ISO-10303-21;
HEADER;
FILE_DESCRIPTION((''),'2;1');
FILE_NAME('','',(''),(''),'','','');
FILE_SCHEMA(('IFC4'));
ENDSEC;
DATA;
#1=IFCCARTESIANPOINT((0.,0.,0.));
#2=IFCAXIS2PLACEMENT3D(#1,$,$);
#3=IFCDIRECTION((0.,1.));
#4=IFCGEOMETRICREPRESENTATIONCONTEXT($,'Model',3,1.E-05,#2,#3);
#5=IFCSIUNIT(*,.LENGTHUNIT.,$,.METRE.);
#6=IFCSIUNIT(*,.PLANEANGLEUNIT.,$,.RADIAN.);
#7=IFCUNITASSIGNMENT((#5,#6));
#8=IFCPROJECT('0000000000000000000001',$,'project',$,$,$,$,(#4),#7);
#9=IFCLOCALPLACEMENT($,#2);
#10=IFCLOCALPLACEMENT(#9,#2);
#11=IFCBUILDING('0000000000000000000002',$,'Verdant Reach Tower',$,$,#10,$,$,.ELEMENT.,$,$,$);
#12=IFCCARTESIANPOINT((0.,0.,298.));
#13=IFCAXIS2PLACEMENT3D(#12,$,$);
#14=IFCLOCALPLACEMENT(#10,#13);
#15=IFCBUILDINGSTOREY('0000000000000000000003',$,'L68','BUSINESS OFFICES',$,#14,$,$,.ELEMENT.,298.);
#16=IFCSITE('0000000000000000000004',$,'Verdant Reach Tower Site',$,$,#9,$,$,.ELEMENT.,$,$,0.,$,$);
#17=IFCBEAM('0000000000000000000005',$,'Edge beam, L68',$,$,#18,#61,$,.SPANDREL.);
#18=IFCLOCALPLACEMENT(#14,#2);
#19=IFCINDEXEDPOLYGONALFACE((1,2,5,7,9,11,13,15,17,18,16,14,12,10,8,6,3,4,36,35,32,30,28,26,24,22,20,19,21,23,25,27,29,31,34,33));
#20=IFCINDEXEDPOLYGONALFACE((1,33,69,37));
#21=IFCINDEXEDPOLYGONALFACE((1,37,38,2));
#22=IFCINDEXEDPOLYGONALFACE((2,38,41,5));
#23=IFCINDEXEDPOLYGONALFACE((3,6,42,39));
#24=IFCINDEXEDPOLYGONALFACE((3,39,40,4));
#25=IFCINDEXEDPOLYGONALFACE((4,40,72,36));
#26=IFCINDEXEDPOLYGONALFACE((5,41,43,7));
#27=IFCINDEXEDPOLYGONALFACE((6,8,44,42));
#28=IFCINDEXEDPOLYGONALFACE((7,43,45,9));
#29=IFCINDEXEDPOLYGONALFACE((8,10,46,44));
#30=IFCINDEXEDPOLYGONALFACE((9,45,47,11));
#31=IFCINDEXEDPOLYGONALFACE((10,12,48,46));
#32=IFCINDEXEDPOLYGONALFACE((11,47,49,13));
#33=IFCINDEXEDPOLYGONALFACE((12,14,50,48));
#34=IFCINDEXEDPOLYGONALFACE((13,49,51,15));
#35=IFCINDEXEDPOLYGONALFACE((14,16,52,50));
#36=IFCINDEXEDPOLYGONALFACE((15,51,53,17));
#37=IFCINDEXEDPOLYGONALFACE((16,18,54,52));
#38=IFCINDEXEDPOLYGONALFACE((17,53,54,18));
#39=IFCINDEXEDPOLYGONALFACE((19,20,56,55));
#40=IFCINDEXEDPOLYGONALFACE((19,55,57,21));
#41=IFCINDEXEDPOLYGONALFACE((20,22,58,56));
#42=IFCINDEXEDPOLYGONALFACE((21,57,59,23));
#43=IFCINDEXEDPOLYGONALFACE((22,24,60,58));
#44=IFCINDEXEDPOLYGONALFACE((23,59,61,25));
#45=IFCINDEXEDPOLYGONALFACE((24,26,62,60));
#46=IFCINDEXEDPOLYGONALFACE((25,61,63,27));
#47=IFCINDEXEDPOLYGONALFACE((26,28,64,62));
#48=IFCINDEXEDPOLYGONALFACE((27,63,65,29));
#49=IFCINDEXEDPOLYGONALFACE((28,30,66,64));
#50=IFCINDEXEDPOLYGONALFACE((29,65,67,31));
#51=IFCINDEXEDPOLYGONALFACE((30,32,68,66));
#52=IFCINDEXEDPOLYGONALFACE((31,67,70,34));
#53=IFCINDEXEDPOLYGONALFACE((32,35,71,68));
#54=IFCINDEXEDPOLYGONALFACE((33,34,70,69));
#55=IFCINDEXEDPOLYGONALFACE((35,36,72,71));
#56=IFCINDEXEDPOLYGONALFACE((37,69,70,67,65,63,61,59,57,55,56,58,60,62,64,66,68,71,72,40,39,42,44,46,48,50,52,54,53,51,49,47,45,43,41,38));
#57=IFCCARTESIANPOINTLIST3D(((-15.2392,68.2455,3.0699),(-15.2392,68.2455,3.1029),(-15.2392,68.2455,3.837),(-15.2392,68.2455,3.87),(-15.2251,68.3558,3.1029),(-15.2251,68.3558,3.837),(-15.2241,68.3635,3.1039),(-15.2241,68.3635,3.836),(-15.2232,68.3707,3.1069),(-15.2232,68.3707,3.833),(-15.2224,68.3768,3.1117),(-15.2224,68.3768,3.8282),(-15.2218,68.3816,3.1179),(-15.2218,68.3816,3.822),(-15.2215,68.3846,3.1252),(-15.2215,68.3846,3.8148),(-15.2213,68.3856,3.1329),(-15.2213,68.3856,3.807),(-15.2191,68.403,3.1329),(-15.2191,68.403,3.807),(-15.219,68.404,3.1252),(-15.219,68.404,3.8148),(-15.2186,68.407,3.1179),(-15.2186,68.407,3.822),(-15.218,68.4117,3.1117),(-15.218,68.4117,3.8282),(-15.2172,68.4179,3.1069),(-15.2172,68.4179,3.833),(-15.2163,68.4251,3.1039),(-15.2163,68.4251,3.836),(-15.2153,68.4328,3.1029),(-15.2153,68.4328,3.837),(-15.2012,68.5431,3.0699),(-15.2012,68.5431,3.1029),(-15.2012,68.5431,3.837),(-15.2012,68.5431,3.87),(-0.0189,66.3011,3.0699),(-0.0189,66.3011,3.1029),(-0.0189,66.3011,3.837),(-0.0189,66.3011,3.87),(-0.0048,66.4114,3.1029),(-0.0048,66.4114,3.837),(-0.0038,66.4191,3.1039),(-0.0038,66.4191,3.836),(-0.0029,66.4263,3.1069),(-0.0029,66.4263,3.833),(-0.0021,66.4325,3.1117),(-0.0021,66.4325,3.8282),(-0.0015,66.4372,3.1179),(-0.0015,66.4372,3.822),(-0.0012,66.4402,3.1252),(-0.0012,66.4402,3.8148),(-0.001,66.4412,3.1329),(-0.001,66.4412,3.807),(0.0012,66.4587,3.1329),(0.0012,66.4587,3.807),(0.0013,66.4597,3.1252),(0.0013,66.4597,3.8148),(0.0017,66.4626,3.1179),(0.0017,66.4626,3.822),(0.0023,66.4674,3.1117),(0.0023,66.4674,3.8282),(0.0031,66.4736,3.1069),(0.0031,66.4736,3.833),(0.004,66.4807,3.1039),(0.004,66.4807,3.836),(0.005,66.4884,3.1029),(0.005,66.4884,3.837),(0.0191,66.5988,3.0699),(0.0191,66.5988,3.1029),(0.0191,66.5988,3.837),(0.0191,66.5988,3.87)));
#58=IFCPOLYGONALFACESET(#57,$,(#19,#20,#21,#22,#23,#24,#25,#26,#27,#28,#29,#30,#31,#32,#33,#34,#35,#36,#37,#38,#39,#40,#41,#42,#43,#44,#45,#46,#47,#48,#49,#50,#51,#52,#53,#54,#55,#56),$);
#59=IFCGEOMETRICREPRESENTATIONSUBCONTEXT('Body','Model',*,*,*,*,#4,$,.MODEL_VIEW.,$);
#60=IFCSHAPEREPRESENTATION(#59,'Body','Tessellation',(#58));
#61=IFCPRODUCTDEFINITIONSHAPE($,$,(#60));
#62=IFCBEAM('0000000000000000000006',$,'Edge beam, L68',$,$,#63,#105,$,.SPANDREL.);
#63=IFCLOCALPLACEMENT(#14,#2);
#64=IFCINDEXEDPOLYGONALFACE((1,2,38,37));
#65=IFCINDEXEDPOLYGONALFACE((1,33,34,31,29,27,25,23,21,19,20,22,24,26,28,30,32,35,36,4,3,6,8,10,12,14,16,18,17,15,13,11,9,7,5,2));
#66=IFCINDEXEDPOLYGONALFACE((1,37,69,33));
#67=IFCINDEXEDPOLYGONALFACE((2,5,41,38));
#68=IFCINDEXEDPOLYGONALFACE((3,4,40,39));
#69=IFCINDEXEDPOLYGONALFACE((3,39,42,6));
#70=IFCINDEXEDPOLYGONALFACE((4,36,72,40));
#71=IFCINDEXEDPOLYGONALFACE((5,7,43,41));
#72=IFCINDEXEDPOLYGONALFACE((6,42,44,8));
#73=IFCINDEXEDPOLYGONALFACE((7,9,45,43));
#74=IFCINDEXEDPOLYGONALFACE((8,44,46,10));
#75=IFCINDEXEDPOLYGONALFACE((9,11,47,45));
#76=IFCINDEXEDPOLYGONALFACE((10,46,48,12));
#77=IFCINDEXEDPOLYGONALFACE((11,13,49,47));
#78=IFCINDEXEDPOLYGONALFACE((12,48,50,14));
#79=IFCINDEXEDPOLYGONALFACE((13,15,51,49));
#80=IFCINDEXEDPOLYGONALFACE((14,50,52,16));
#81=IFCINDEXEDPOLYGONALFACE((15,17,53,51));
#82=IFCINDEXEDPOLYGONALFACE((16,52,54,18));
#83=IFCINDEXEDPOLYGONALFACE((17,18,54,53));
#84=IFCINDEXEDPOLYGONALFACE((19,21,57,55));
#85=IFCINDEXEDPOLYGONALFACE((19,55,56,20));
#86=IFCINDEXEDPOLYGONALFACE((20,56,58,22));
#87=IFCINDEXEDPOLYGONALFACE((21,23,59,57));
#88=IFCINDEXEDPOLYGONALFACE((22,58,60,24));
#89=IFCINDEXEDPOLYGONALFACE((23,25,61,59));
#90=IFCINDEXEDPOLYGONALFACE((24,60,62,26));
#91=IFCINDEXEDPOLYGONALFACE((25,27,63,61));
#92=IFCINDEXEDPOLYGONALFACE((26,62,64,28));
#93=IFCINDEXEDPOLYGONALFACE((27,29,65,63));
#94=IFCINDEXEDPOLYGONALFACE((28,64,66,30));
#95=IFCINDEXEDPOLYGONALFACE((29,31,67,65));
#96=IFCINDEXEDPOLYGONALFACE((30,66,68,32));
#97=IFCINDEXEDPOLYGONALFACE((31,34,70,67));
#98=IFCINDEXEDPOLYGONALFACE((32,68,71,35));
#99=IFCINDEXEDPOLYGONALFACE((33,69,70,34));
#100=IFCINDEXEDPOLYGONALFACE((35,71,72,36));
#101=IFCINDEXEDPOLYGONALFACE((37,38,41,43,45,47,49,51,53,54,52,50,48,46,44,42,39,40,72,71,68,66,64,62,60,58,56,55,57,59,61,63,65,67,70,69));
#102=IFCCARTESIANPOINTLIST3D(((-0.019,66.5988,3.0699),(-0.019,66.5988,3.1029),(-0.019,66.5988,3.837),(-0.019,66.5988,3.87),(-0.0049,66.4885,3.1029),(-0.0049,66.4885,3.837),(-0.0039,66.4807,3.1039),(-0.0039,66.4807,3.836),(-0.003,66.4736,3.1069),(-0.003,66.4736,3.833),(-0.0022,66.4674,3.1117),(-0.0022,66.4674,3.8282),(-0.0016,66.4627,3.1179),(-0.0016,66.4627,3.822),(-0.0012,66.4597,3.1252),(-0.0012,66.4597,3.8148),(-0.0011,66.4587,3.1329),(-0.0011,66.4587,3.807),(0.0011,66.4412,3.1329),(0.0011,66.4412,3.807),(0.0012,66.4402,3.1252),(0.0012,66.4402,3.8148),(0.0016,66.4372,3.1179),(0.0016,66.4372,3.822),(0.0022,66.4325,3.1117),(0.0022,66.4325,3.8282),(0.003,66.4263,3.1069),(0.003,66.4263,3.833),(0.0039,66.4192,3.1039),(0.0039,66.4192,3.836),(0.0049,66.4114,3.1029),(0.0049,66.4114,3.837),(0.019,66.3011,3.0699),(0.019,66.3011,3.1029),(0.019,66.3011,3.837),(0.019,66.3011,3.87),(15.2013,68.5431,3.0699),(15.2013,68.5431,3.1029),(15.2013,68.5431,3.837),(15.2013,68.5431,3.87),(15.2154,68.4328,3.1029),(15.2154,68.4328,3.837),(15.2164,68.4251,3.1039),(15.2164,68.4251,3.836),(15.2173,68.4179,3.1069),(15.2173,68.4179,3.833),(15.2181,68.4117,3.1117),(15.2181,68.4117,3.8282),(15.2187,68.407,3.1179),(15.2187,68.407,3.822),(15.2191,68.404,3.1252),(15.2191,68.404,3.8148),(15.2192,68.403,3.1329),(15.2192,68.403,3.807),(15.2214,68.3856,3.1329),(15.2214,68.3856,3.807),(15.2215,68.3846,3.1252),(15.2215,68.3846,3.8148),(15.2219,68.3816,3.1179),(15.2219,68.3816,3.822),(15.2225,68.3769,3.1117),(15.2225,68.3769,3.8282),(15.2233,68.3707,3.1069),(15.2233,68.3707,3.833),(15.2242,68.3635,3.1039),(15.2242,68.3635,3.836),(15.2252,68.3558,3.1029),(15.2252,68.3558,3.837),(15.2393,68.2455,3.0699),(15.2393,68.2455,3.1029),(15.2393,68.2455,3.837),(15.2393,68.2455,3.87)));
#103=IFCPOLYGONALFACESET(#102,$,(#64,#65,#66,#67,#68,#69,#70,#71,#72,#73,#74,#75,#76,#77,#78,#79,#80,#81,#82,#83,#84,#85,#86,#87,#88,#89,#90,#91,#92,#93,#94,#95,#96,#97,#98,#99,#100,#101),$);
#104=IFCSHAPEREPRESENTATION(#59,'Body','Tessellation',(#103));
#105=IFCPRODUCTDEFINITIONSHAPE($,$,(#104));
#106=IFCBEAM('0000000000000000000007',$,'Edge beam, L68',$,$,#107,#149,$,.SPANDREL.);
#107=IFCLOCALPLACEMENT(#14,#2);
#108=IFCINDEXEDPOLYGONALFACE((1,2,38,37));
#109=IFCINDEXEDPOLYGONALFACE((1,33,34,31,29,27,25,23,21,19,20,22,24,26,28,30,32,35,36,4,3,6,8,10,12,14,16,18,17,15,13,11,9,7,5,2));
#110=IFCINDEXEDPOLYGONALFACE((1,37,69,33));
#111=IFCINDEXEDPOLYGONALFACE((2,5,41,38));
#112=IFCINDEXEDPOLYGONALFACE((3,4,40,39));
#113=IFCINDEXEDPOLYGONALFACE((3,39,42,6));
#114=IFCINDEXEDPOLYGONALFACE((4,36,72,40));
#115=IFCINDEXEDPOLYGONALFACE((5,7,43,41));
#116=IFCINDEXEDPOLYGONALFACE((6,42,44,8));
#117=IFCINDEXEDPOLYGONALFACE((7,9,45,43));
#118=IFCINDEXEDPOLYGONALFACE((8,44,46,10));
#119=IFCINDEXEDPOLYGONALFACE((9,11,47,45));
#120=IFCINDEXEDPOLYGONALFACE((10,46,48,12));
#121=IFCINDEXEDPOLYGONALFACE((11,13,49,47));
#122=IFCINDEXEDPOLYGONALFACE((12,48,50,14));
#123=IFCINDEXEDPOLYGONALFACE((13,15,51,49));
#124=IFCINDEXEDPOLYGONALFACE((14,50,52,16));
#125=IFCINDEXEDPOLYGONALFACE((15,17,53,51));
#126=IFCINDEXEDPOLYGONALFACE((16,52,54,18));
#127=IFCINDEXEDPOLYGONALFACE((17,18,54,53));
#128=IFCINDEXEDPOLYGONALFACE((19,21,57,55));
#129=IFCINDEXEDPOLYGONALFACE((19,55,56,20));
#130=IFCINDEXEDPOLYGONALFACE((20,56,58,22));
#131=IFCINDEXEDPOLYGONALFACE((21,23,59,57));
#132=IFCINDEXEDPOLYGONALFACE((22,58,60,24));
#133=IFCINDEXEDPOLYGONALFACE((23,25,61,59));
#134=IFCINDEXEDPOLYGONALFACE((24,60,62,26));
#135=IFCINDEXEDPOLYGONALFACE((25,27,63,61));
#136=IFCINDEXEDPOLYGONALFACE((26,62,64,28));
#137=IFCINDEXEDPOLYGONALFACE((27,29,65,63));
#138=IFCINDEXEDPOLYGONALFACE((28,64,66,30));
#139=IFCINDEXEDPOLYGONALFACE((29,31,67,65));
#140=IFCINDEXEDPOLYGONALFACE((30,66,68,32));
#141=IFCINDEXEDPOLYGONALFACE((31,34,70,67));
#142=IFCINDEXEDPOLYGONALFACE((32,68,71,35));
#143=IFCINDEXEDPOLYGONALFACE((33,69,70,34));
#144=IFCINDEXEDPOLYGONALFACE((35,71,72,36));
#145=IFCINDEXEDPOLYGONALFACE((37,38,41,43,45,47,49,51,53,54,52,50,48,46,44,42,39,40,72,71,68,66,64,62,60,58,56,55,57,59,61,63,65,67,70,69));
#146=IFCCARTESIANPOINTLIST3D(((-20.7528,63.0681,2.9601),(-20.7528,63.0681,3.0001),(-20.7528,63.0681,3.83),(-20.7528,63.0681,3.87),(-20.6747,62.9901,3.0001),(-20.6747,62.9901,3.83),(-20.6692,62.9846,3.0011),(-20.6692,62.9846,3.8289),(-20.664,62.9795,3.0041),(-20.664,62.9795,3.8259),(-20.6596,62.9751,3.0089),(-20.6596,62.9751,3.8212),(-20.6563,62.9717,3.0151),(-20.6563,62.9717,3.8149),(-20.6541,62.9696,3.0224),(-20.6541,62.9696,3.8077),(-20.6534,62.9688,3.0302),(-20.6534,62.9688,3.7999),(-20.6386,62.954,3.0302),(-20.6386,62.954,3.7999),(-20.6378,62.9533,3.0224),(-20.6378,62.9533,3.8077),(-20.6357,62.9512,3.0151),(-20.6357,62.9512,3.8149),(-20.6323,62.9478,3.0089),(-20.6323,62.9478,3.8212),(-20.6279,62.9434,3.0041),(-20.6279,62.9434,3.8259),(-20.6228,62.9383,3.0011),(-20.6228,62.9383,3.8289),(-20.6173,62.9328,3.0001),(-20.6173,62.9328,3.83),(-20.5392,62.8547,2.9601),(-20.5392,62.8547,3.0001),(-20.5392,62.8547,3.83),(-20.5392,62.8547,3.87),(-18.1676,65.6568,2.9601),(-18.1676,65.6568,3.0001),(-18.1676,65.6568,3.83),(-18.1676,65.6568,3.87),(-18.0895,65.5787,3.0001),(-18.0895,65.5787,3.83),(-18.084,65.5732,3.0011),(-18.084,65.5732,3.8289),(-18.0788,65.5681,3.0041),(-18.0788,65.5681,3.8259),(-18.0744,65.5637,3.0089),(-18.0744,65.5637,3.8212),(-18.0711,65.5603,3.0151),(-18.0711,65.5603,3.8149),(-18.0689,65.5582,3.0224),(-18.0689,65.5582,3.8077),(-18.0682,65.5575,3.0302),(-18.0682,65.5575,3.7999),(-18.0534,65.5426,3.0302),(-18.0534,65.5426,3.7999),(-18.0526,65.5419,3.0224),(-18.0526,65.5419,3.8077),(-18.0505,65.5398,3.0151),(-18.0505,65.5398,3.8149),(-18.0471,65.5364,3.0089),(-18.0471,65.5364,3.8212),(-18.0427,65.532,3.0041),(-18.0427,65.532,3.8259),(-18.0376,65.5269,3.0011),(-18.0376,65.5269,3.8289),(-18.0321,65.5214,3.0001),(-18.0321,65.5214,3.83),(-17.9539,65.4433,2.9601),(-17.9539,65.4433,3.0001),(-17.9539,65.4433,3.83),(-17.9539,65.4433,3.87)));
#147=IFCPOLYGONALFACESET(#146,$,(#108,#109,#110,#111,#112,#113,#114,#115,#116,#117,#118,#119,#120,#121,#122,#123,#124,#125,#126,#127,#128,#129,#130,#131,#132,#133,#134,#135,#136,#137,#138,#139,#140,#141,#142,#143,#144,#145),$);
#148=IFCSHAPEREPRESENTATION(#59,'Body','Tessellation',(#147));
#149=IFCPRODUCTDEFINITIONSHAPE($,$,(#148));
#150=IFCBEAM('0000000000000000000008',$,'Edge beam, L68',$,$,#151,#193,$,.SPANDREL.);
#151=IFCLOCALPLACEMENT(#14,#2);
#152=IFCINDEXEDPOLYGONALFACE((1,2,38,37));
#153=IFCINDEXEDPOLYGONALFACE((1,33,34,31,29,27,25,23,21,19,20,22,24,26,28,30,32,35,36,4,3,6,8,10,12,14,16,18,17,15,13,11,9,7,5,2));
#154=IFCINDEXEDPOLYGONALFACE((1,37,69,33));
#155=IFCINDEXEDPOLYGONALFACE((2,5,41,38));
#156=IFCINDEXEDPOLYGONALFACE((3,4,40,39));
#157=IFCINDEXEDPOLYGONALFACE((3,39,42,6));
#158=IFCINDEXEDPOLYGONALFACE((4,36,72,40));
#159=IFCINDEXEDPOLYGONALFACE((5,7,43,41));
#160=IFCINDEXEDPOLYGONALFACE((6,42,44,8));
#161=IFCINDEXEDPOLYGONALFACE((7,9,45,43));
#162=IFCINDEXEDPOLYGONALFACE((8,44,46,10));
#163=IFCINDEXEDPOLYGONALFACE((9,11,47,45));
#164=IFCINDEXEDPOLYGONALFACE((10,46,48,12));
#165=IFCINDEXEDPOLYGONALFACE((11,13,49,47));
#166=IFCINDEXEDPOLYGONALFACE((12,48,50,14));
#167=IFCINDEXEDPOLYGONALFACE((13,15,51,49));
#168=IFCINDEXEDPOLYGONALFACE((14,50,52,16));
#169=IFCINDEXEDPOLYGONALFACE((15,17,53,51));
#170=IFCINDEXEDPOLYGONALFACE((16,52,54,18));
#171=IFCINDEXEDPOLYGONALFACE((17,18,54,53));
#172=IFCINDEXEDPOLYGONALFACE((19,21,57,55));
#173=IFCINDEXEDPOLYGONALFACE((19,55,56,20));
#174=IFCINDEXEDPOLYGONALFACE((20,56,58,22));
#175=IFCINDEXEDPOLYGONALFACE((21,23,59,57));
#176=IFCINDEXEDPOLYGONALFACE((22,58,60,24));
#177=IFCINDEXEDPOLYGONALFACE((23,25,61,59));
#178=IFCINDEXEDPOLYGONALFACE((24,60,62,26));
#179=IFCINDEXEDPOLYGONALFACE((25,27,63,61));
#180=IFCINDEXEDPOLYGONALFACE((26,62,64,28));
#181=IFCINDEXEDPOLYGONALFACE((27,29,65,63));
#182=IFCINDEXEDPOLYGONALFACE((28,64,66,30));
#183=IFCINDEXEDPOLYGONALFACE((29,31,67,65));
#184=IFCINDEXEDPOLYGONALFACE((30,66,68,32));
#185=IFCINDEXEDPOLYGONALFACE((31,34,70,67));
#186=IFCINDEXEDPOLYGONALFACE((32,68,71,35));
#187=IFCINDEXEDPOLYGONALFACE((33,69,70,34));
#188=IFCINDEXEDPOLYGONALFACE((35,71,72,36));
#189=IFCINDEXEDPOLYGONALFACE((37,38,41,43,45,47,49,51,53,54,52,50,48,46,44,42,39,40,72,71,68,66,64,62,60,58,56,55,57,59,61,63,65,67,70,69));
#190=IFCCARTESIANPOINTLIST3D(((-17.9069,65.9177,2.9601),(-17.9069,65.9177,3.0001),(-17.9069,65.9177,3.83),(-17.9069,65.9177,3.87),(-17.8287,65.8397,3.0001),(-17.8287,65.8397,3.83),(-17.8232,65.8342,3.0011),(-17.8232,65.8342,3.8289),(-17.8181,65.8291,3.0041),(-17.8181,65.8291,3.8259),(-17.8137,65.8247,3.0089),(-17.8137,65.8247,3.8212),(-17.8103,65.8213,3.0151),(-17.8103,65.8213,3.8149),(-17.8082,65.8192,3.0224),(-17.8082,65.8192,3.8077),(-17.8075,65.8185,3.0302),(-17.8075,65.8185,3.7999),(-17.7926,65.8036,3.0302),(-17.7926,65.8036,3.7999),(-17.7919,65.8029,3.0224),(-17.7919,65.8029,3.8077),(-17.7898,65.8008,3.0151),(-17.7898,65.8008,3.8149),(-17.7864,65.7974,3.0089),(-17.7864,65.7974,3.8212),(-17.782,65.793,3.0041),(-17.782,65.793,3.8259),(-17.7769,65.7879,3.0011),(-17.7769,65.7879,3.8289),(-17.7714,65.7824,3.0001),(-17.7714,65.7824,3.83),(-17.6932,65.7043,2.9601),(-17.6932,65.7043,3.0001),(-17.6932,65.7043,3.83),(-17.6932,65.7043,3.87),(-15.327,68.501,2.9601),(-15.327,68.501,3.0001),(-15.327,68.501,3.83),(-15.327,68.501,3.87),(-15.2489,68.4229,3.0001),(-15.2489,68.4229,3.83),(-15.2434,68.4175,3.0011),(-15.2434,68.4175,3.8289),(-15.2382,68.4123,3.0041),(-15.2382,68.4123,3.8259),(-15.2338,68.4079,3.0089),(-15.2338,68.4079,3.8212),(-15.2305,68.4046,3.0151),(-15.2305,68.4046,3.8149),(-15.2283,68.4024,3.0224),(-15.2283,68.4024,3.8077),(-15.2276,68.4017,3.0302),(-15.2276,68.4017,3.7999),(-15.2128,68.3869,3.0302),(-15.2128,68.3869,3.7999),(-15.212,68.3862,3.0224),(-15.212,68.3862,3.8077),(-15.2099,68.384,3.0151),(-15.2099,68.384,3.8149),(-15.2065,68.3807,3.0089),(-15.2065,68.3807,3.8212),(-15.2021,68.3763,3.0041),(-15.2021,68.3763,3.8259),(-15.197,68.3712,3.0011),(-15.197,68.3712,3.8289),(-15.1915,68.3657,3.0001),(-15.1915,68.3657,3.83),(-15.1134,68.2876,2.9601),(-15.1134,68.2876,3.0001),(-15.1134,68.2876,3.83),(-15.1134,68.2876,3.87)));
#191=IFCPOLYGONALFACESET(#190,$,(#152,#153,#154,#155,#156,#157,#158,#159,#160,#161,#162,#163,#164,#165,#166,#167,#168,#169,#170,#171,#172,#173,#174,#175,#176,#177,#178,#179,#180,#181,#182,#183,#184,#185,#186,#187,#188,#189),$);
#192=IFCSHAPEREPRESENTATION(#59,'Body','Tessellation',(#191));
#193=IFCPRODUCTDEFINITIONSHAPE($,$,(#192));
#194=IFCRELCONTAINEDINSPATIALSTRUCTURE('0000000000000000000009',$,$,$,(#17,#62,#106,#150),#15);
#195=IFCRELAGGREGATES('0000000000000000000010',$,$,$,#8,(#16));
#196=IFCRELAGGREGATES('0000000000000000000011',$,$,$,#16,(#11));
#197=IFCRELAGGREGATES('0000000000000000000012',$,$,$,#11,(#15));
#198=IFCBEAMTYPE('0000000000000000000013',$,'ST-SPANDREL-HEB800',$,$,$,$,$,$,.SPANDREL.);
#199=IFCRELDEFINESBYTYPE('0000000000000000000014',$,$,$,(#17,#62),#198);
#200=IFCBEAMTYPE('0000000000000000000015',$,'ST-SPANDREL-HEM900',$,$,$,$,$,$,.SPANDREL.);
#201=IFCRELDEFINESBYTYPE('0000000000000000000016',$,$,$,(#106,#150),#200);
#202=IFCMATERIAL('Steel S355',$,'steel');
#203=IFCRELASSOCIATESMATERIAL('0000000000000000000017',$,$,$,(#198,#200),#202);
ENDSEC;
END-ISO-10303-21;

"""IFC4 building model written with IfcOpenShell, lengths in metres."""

from ifc_helpers import new_model, si_unit, direction, frame, origin, origin_2d, place, context, subcontext, project, spatial, i_section, extrude, material, material_profile, profile_set, type_object, element, save


model = new_model("IFC4")

# Units and contexts
model_context = context("Model", 3, precision=1e-05, world=origin(), true_north=direction((0.0, 1.0)))
body_context = subcontext(model_context, "Body", "Model", "MODEL_VIEW")
ifc_project = project(units=[si_unit("LENGTHUNIT", "METRE"), si_unit("PLANEANGLEUNIT", "RADIAN")], contexts=[model_context])

# Site, building, storey
site_placement = place(None, origin())
site = spatial("IfcSite", under=ifc_project, at=site_placement, Name="Verdant Reach Tower Site", CompositionType="ELEMENT", RefElevation=0.0)
building_placement = place(site_placement, origin())
building = spatial("IfcBuilding", under=site, at=building_placement, Name="Verdant Reach Tower", CompositionType="ELEMENT")
storey_placement = place(building_placement, frame((0.0, 0.0, 298.0)))
storey = spatial("IfcBuildingStorey", under=building, at=storey_placement, Name="L68", Description="BUSINESS OFFICES", CompositionType="ELEMENT", Elevation=298.0)

# Beams
ifc_material_1 = material(Name="Steel S355", Category="steel")
ifc_material_profile_1 = material_profile(ifc_material_1, i_section(OverallWidth=0.3, OverallDepth=0.8, WebThickness=0.0176, FlangeThickness=0.033, FilletRadius=0.03, at=origin_2d()), Name="HEB 800")
ifc_profile_set_1 = profile_set([ifc_material_profile_1], Name="Steel S355")
beam_type_1 = type_object("IfcBeamType", Name="ST-SPANDREL-HEB800", PredefinedType="SPANDREL", material=ifc_profile_set_1)
for number, where, z_axis, x_axis, name in (
    (1, (-15.2202, 68.3943, 3.47), (0.991939, -0.126717, 0.0), (0.126717, 0.991939, 0.0), "Edge beam, L68"),
    (2, (0.0, 66.45, 3.47), (0.991939, 0.126717, 0.0), (-0.126717, 0.991939, 0.0), "Edge beam, L68"),
):
    element("IfcBeam", number, at=place(storey_placement, frame(where, z_axis=z_axis, x_axis=x_axis)), inside=storey, type_object=beam_type_1, Name=name, PredefinedType="SPANDREL", context=body_context, shape_type="SweptSolid", body=[
        extrude(i_section(OverallWidth=0.3, OverallDepth=0.8, WebThickness=0.0176, FlangeThickness=0.033, FilletRadius=0.03, at=origin_2d()), origin(), (0.0, 0.0, 1.0), 15.344),
    ])
ifc_material_profile_2 = material_profile(ifc_material_1, i_section(OverallWidth=0.302, OverallDepth=0.9099, WebThickness=0.021, FlangeThickness=0.04, FilletRadius=0.03, at=origin_2d()), Name="HEM 900")
ifc_profile_set_2 = profile_set([ifc_material_profile_2], Name="Steel S355")
beam_type_2 = type_object("IfcBeamType", Name="ST-SPANDREL-HEM900", PredefinedType="SPANDREL", material=ifc_profile_set_2)
beam_1_placement = place(storey_placement, frame((-20.646, 62.9614, 3.415), z_axis=(0.706639, 0.707574, 0.0), x_axis=(-0.707574, 0.706639, 0.0)))
element("IfcBeam", 3, at=beam_1_placement, inside=storey, type_object=beam_type_2, Name="Edge beam, L68", PredefinedType="SPANDREL", context=body_context, shape_type="SweptSolid", body=[
    extrude(i_section(OverallWidth=0.302, OverallDepth=0.9099, WebThickness=0.021, FlangeThickness=0.04, FilletRadius=0.03, at=origin_2d()), origin(), (0.0, 0.0, 1.0), 3.6584),
])
beam_2_placement = place(storey_placement, frame((-17.8, 65.811, 3.415), z_axis=(0.706639, 0.707575, 0.0), x_axis=(-0.707575, 0.706639, 0.0)))
element("IfcBeam", 4, at=beam_2_placement, inside=storey, type_object=beam_type_2, Name="Edge beam, L68", PredefinedType="SPANDREL", context=body_context, shape_type="SweptSolid", body=[
    extrude(i_section(OverallWidth=0.302, OverallDepth=0.9099, WebThickness=0.021, FlangeThickness=0.04, FilletRadius=0.03, at=origin_2d()), origin(), (0.0, 0.0, 1.0), 3.6509),
])

save(model, "model.ifc")
